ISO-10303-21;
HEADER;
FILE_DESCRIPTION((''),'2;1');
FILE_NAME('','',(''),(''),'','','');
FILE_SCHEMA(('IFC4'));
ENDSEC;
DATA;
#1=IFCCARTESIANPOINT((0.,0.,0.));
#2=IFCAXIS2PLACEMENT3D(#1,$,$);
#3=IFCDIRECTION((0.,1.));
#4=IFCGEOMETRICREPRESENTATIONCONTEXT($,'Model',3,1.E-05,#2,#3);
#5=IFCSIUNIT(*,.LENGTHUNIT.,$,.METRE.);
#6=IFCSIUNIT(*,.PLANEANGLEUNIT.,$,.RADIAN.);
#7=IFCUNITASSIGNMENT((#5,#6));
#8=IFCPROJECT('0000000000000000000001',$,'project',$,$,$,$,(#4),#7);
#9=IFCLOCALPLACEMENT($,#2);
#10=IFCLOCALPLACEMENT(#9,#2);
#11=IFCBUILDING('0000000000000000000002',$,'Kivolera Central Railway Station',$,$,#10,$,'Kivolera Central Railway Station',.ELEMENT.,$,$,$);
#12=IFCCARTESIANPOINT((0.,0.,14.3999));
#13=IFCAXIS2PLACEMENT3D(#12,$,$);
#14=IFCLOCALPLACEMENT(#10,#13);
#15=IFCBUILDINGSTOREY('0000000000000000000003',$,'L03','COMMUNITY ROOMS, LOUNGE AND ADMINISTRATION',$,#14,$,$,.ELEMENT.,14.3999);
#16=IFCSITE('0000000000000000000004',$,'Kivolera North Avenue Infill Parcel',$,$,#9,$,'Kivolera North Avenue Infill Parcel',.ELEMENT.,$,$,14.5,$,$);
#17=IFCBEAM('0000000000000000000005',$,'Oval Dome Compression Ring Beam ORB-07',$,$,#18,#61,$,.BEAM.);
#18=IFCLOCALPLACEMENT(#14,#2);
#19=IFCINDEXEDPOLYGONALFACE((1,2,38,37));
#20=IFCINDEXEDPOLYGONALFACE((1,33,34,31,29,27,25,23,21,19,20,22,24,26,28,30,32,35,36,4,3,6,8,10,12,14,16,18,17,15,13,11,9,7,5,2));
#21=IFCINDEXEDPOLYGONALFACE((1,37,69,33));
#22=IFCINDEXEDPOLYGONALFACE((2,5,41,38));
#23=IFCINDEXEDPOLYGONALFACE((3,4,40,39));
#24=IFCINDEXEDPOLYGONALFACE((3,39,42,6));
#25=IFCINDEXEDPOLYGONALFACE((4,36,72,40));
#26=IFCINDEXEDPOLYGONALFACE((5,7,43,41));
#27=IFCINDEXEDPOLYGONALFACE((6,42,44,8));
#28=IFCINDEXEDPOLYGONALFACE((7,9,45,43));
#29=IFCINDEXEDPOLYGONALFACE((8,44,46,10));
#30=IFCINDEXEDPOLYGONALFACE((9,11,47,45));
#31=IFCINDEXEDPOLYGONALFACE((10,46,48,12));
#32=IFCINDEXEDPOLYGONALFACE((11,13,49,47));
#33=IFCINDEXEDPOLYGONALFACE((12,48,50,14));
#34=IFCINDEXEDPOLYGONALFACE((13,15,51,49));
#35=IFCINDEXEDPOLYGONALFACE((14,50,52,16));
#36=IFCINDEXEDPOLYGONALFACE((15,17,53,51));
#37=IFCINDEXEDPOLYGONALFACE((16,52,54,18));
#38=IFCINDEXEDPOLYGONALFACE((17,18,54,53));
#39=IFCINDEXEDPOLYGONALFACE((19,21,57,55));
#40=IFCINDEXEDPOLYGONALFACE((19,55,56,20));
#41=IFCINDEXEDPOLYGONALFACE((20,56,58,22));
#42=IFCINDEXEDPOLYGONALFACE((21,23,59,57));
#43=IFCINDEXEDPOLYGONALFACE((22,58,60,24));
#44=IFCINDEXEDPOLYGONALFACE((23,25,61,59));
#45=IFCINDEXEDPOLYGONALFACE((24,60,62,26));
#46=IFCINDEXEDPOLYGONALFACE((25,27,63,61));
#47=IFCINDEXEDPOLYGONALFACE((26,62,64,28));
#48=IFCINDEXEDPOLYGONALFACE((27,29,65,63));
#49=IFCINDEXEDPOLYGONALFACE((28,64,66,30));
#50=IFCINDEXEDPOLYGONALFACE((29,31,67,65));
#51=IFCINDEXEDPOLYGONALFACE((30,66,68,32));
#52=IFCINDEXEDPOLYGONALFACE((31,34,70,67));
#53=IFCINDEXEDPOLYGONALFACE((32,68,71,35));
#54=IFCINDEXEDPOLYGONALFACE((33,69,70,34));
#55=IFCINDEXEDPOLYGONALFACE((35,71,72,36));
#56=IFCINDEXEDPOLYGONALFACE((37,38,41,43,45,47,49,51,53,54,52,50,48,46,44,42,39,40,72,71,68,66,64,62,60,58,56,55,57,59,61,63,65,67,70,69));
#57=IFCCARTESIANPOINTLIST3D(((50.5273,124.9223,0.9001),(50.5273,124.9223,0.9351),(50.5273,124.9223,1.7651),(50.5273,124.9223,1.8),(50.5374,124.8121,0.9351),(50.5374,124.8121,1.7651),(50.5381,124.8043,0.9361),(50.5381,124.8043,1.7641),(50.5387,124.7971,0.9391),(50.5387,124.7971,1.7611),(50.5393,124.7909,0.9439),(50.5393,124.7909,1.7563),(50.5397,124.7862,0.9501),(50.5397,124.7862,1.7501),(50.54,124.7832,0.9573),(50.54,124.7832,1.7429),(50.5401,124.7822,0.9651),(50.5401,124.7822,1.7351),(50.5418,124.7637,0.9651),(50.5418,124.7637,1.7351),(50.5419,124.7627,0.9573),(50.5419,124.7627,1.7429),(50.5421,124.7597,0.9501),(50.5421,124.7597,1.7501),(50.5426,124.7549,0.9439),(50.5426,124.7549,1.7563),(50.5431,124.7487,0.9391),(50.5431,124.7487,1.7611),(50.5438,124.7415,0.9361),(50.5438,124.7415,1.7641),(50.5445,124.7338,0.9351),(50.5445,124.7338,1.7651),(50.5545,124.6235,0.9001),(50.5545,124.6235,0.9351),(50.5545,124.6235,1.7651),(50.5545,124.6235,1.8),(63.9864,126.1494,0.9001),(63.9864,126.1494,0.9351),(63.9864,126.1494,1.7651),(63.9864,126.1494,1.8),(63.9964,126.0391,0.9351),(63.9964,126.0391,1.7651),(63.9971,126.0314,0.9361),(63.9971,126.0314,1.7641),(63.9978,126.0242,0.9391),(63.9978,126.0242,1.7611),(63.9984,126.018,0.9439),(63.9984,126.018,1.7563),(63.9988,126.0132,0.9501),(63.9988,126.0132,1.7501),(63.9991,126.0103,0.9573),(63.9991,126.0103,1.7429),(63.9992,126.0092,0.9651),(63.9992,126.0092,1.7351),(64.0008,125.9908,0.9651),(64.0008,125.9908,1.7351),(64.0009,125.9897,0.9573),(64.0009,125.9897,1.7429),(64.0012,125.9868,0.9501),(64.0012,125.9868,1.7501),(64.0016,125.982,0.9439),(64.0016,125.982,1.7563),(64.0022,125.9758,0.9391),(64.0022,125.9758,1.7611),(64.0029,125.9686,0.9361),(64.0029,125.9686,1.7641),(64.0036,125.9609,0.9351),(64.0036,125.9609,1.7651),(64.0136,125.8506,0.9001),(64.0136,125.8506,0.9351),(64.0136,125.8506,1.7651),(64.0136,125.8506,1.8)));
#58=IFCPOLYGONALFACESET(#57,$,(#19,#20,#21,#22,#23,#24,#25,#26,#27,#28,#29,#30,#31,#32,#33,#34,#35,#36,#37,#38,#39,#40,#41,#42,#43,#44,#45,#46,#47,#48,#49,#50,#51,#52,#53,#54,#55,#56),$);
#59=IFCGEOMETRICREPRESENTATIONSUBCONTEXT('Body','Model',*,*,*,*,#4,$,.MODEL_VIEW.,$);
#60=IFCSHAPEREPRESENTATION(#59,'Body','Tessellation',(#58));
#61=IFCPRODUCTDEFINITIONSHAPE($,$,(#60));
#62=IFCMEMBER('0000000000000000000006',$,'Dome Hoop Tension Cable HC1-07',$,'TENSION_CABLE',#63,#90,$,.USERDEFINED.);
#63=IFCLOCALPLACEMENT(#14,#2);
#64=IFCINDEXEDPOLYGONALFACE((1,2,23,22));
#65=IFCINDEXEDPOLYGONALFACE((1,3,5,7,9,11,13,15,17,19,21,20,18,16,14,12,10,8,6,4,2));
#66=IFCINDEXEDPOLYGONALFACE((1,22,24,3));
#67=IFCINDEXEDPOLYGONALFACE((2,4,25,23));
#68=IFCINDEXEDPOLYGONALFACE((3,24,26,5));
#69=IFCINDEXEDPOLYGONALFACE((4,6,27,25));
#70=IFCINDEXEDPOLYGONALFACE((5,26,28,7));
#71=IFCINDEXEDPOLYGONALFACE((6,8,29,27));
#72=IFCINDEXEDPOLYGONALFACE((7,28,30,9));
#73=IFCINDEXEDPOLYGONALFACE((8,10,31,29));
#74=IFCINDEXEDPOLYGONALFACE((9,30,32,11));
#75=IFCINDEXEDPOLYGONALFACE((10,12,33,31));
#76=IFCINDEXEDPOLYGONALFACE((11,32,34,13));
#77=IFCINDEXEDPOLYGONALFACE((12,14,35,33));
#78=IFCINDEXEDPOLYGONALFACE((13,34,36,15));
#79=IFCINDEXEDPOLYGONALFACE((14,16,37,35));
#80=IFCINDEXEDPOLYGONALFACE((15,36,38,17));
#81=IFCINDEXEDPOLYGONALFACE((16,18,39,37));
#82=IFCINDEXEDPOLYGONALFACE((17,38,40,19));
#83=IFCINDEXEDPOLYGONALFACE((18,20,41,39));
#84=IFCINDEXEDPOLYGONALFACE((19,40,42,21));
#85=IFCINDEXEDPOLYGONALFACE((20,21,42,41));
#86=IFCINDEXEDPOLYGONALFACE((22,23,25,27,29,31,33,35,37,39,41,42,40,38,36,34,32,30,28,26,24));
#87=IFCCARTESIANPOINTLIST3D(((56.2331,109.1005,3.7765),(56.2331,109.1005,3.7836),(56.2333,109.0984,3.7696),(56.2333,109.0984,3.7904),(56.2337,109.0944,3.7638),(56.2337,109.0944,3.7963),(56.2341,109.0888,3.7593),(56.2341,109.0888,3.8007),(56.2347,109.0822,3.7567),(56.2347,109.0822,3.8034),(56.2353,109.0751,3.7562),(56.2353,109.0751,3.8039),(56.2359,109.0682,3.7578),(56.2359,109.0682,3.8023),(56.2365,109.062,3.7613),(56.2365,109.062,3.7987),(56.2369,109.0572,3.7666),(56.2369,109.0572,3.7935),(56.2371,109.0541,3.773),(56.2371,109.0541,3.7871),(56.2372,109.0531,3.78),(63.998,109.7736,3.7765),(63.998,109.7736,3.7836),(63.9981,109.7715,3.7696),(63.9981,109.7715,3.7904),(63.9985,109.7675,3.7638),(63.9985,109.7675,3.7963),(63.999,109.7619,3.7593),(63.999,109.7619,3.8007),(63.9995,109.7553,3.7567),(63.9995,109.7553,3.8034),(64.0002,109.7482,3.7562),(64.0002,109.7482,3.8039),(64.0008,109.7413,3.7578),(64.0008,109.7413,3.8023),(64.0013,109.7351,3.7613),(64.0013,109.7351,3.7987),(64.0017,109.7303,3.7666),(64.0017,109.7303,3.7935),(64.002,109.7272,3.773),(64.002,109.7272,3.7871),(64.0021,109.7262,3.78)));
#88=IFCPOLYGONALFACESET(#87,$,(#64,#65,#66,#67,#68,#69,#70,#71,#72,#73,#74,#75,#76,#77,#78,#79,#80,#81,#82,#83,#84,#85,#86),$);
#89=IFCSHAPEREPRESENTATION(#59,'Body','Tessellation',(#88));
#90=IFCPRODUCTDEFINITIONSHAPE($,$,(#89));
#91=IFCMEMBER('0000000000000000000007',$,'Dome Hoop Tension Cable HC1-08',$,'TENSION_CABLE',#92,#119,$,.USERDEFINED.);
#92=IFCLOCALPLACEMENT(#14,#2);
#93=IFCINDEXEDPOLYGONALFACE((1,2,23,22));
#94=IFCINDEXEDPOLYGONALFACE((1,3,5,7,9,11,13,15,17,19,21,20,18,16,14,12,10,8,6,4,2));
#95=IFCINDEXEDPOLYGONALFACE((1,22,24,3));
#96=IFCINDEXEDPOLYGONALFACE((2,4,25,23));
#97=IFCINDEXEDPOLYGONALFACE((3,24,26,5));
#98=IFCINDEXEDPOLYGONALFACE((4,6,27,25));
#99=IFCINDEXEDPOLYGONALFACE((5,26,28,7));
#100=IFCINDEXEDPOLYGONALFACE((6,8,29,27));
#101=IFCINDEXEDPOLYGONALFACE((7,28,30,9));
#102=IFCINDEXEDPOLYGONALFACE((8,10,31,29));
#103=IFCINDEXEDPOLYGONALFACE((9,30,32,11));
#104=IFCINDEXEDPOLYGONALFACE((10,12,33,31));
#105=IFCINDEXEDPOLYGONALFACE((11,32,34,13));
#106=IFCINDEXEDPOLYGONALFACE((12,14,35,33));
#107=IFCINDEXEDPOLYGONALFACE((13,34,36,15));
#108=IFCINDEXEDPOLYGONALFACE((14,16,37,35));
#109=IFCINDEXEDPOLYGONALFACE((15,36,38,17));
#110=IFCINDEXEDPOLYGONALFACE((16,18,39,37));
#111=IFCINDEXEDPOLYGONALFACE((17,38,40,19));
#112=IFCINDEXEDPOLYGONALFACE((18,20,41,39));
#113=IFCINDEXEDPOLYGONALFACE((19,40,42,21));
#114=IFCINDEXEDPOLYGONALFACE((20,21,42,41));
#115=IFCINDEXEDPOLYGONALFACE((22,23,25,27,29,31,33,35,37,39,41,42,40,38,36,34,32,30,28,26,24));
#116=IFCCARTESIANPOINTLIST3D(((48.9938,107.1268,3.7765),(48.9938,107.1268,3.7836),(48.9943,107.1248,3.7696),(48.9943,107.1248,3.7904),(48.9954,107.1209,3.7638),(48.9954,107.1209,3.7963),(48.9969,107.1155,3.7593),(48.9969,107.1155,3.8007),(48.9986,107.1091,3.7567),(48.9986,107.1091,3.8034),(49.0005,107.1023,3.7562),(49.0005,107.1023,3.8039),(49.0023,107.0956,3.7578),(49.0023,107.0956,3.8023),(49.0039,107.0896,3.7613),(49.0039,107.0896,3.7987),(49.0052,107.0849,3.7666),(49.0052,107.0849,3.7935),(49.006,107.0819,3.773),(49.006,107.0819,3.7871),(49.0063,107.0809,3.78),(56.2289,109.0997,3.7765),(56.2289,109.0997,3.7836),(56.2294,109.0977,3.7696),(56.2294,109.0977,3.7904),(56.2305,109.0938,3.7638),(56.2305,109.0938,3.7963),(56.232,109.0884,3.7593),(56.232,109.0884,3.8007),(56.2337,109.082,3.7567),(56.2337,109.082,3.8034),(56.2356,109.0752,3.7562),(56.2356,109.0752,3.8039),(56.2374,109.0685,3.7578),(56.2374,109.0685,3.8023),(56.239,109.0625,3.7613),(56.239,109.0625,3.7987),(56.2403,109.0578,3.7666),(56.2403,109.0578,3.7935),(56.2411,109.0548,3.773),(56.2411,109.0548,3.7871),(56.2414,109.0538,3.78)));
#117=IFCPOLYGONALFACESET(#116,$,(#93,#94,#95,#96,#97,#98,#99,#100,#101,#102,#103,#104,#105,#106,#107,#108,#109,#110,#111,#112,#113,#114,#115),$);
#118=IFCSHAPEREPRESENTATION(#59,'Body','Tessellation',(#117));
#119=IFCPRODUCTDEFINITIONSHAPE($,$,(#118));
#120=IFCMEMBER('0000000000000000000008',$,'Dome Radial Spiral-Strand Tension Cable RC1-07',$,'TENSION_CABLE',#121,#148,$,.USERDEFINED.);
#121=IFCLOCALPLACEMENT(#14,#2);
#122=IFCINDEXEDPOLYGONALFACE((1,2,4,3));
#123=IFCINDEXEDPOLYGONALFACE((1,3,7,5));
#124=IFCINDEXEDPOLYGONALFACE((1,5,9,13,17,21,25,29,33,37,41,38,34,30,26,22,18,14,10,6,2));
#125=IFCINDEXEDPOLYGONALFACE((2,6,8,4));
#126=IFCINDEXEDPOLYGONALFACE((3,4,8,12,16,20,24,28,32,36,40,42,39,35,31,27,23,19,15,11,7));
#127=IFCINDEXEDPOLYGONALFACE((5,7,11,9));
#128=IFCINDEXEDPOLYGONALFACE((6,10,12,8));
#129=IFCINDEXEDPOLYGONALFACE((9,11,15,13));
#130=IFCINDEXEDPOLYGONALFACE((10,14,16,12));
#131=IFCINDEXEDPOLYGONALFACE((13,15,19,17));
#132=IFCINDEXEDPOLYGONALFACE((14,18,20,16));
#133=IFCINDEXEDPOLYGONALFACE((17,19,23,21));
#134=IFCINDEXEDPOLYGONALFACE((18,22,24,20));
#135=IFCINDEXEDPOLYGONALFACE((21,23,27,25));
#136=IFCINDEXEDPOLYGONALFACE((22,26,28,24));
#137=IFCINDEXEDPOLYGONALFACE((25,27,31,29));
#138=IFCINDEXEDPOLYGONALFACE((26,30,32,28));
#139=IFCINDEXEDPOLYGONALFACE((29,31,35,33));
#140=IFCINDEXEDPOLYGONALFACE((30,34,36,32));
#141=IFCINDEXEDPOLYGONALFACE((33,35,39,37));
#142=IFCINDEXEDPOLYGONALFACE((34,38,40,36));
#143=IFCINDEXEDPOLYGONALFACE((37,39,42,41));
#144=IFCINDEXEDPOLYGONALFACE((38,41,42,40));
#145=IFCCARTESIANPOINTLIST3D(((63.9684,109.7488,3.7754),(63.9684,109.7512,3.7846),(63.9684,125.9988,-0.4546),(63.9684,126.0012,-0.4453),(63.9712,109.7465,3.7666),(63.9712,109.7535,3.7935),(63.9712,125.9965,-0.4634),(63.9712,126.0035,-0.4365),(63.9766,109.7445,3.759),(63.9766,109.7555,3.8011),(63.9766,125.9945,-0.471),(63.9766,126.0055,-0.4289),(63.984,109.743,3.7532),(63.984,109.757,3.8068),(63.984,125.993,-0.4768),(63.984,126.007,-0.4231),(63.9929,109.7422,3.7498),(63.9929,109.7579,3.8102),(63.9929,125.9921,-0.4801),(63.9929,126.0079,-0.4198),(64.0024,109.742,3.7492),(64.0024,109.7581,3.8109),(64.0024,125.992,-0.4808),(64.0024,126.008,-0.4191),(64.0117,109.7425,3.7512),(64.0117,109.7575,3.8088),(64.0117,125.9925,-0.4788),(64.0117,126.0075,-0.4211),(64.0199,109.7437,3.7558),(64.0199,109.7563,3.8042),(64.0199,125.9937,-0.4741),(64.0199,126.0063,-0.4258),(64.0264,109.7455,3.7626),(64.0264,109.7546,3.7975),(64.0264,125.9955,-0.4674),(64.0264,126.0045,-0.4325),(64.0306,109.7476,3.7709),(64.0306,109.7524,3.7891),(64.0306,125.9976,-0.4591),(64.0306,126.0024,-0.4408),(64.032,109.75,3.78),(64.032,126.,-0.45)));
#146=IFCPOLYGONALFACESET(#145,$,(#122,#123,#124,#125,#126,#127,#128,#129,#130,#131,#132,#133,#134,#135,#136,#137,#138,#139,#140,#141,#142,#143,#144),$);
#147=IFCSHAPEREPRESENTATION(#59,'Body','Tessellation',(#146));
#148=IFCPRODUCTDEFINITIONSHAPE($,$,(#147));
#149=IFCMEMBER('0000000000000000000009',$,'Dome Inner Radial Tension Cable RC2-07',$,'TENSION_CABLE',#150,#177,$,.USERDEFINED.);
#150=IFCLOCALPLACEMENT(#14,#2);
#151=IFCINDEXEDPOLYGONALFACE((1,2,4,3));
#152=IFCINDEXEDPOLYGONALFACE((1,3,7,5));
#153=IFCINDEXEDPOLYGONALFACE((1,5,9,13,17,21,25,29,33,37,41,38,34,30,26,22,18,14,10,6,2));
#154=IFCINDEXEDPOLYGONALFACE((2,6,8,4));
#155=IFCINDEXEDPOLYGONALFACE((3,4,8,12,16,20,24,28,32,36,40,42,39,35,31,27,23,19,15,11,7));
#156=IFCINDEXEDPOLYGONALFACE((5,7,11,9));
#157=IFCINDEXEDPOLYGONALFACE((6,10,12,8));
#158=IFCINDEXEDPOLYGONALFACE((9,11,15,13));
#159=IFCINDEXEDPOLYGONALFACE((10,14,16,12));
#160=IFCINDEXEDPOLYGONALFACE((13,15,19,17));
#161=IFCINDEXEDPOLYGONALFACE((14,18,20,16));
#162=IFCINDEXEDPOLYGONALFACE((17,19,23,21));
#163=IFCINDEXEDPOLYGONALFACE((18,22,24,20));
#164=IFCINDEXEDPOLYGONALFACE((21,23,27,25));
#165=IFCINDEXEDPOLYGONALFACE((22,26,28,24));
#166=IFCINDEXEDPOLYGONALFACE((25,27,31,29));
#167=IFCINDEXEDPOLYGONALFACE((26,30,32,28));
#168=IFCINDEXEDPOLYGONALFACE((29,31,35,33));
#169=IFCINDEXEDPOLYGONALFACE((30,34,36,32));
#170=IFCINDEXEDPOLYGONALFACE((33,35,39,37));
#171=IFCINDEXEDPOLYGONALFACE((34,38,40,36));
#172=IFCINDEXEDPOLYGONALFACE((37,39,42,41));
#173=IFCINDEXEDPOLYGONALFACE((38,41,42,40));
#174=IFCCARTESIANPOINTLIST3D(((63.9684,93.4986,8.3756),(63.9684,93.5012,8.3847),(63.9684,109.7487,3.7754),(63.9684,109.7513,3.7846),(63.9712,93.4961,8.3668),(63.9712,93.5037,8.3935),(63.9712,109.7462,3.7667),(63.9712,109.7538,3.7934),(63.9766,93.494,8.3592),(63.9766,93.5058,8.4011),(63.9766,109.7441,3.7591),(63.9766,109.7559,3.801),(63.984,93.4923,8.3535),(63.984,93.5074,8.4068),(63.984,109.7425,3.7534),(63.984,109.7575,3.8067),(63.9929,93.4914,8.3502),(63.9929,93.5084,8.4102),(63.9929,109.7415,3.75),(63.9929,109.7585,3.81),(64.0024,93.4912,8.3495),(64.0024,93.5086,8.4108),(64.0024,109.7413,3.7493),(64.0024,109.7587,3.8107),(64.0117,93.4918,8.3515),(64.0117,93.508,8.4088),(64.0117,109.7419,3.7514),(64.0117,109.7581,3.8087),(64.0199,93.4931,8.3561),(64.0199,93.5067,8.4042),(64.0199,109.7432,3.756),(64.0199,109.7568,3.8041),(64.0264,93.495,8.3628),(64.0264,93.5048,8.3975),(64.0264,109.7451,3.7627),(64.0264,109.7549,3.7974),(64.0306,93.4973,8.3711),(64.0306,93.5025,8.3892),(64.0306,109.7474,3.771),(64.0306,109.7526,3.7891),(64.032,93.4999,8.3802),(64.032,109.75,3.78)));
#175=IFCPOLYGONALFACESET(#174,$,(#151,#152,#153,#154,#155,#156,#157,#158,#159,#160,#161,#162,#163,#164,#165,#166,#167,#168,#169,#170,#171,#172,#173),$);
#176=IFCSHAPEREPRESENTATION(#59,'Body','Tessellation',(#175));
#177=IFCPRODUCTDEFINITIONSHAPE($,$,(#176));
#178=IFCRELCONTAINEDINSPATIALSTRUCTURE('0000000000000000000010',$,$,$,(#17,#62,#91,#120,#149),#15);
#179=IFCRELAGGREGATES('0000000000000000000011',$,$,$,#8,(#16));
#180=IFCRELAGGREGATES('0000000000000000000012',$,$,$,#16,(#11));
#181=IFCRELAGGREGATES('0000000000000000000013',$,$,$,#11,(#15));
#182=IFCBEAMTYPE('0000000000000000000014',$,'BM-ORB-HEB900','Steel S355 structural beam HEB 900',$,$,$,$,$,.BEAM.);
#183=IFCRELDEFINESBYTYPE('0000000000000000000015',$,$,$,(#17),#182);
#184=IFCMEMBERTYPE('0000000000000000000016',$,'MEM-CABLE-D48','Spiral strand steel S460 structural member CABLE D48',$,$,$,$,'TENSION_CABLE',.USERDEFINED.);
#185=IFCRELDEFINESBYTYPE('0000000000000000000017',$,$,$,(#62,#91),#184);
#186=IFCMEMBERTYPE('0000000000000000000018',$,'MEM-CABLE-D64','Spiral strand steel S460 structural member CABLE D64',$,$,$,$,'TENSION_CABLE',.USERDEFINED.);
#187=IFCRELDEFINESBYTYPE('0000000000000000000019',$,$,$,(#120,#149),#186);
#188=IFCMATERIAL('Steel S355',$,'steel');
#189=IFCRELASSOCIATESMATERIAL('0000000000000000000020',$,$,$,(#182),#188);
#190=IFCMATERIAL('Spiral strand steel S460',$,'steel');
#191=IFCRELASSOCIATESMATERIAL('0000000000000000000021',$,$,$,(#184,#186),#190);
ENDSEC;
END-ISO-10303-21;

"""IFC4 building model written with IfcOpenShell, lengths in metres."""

from ifc_helpers import new_model, si_unit, direction, frame, origin, origin_2d, place, context, subcontext, project, spatial, circle, i_section, extrude, material, material_profile, profile_set, type_object, element, save


model = new_model("IFC4")

# Units and contexts
model_context = context("Model", 3, precision=1e-05, world=origin(), true_north=direction((0.0, 1.0)))
body_context = subcontext(model_context, "Body", "Model", "MODEL_VIEW")
ifc_project = project(units=[si_unit("LENGTHUNIT", "METRE"), si_unit("PLANEANGLEUNIT", "RADIAN")], contexts=[model_context])

# Site, building, storey
site_placement = place(None, origin())
site = spatial("IfcSite", under=ifc_project, at=site_placement, Name="Kivolera North Avenue Infill Parcel", LongName="Kivolera North Avenue Infill Parcel", CompositionType="ELEMENT", RefElevation=14.5)
building_placement = place(site_placement, origin())
building = spatial("IfcBuilding", under=site, at=building_placement, Name="Kivolera Central Railway Station", LongName="Kivolera Central Railway Station", CompositionType="ELEMENT")
storey_placement = place(building_placement, frame((0.0, 0.0, 14.3999)))
storey = spatial("IfcBuildingStorey", under=building, at=storey_placement, Name="L03", Description="COMMUNITY ROOMS, LOUNGE AND ADMINISTRATION", CompositionType="ELEMENT", Elevation=14.3999)

# Beam
ifc_material_1 = material(Name="Steel S355", Category="steel")
ifc_material_profile_1 = material_profile(ifc_material_1, i_section(OverallWidth=0.3, OverallDepth=0.8999, WebThickness=0.0186, FlangeThickness=0.0349, FilletRadius=0.03, at=origin_2d()), Name="HEB 900")
ifc_profile_set_1 = profile_set([ifc_material_profile_1], Name="Steel S355")
beam_type_1 = type_object("IfcBeamType", Name="BM-ORB-HEB900", Description="Steel S355 structural beam HEB 900", PredefinedType="BEAM", material=ifc_profile_set_1)
beam_1_placement = place(storey_placement, frame((64.0, 126.0, 1.3501), z_axis=(-0.99587, -0.090793, 0.0), x_axis=(0.090793, -0.99587, 0.0)))
element("IfcBeam", 1, at=beam_1_placement, inside=storey, type_object=beam_type_1, Name="Oval Dome Compression Ring Beam ORB-07", PredefinedType="BEAM", context=body_context, shape_type="SweptSolid", body=[
    extrude(i_section(OverallWidth=0.3, OverallDepth=0.8999, WebThickness=0.0186, FlangeThickness=0.0349, FilletRadius=0.03, at=origin_2d()), origin(), (0.0, 0.0, 1.0), 13.5149),
])

# Members
ifc_material_2 = material(Name="Spiral strand steel S460", Category="steel")
ifc_material_profile_2 = material_profile(ifc_material_2, circle(Radius=0.0239, at=origin_2d()), Name="CABLE D48")
ifc_profile_set_2 = profile_set([ifc_material_profile_2], Name="Spiral strand steel S460")
member_type_1 = type_object("IfcMemberType", Name="MEM-CABLE-D48", Description="Spiral strand steel S460 structural member CABLE D48", ElementType="TENSION_CABLE", PredefinedType="USERDEFINED", material=ifc_profile_set_2)
member_1_placement = place(storey_placement, frame((64.0, 109.75, 3.78), z_axis=(-0.996264, -0.086361, 0.0), x_axis=(0.086361, -0.996264, 0.0)))
element("IfcMember", 2, at=member_1_placement, inside=storey, type_object=member_type_1, Name="Dome Hoop Tension Cable HC1-07", ObjectType="TENSION_CABLE", PredefinedType="USERDEFINED", context=body_context, shape_type="SweptSolid", body=[
    extrude(circle(Radius=0.0239, at=origin_2d()), origin(), (0.0, 0.0, 1.0), 7.7939),
])
member_2_placement = place(storey_placement, frame((56.2351, 109.0769, 3.78), z_axis=(-0.964774, -0.263079, 0.0), x_axis=(0.263079, -0.964774, 0.0)))
element("IfcMember", 3, at=member_2_placement, inside=storey, type_object=member_type_1, Name="Dome Hoop Tension Cable HC1-08", ObjectType="TENSION_CABLE", PredefinedType="USERDEFINED", context=body_context, shape_type="SweptSolid", body=[
    extrude(circle(Radius=0.0239, at=origin_2d()), origin(), (0.0, 0.0, 1.0), 7.4993),
])
ifc_material_profile_3 = material_profile(ifc_material_2, circle(Radius=0.032, at=origin_2d()), Name="CABLE D64")
ifc_profile_set_3 = profile_set([ifc_material_profile_3], Name="Spiral strand steel S460")
member_type_2 = type_object("IfcMemberType", Name="MEM-CABLE-D64", Description="Spiral strand steel S460 structural member CABLE D64", ElementType="TENSION_CABLE", PredefinedType="USERDEFINED", material=ifc_profile_set_3)
member_3_placement = place(storey_placement, frame((64.0, 126.0, -0.45), z_axis=(0.0, -0.96775, 0.251912), x_axis=(1.0, 0.0, 0.0)))
element("IfcMember", 4, at=member_3_placement, inside=storey, type_object=member_type_2, Name="Dome Radial Spiral-Strand Tension Cable RC1-07", ObjectType="TENSION_CABLE", PredefinedType="USERDEFINED", context=body_context, shape_type="SweptSolid", body=[
    extrude(circle(Radius=0.032, at=origin_2d()), origin(), (0.0, 0.0, 1.0), 16.7915),
])
member_4_placement = place(storey_placement, frame((64.0, 109.75, 3.78), z_axis=(0.0, -0.96219, 0.27238), x_axis=(1.0, 0.0, 0.0)))
element("IfcMember", 5, at=member_4_placement, inside=storey, type_object=member_type_2, Name="Dome Inner Radial Tension Cable RC2-07", ObjectType="TENSION_CABLE", PredefinedType="USERDEFINED", context=body_context, shape_type="SweptSolid", body=[
    extrude(circle(Radius=0.032, at=origin_2d()), origin(), (0.0, 0.0, 1.0), 16.8887),
])

save(model, "model.ifc")
